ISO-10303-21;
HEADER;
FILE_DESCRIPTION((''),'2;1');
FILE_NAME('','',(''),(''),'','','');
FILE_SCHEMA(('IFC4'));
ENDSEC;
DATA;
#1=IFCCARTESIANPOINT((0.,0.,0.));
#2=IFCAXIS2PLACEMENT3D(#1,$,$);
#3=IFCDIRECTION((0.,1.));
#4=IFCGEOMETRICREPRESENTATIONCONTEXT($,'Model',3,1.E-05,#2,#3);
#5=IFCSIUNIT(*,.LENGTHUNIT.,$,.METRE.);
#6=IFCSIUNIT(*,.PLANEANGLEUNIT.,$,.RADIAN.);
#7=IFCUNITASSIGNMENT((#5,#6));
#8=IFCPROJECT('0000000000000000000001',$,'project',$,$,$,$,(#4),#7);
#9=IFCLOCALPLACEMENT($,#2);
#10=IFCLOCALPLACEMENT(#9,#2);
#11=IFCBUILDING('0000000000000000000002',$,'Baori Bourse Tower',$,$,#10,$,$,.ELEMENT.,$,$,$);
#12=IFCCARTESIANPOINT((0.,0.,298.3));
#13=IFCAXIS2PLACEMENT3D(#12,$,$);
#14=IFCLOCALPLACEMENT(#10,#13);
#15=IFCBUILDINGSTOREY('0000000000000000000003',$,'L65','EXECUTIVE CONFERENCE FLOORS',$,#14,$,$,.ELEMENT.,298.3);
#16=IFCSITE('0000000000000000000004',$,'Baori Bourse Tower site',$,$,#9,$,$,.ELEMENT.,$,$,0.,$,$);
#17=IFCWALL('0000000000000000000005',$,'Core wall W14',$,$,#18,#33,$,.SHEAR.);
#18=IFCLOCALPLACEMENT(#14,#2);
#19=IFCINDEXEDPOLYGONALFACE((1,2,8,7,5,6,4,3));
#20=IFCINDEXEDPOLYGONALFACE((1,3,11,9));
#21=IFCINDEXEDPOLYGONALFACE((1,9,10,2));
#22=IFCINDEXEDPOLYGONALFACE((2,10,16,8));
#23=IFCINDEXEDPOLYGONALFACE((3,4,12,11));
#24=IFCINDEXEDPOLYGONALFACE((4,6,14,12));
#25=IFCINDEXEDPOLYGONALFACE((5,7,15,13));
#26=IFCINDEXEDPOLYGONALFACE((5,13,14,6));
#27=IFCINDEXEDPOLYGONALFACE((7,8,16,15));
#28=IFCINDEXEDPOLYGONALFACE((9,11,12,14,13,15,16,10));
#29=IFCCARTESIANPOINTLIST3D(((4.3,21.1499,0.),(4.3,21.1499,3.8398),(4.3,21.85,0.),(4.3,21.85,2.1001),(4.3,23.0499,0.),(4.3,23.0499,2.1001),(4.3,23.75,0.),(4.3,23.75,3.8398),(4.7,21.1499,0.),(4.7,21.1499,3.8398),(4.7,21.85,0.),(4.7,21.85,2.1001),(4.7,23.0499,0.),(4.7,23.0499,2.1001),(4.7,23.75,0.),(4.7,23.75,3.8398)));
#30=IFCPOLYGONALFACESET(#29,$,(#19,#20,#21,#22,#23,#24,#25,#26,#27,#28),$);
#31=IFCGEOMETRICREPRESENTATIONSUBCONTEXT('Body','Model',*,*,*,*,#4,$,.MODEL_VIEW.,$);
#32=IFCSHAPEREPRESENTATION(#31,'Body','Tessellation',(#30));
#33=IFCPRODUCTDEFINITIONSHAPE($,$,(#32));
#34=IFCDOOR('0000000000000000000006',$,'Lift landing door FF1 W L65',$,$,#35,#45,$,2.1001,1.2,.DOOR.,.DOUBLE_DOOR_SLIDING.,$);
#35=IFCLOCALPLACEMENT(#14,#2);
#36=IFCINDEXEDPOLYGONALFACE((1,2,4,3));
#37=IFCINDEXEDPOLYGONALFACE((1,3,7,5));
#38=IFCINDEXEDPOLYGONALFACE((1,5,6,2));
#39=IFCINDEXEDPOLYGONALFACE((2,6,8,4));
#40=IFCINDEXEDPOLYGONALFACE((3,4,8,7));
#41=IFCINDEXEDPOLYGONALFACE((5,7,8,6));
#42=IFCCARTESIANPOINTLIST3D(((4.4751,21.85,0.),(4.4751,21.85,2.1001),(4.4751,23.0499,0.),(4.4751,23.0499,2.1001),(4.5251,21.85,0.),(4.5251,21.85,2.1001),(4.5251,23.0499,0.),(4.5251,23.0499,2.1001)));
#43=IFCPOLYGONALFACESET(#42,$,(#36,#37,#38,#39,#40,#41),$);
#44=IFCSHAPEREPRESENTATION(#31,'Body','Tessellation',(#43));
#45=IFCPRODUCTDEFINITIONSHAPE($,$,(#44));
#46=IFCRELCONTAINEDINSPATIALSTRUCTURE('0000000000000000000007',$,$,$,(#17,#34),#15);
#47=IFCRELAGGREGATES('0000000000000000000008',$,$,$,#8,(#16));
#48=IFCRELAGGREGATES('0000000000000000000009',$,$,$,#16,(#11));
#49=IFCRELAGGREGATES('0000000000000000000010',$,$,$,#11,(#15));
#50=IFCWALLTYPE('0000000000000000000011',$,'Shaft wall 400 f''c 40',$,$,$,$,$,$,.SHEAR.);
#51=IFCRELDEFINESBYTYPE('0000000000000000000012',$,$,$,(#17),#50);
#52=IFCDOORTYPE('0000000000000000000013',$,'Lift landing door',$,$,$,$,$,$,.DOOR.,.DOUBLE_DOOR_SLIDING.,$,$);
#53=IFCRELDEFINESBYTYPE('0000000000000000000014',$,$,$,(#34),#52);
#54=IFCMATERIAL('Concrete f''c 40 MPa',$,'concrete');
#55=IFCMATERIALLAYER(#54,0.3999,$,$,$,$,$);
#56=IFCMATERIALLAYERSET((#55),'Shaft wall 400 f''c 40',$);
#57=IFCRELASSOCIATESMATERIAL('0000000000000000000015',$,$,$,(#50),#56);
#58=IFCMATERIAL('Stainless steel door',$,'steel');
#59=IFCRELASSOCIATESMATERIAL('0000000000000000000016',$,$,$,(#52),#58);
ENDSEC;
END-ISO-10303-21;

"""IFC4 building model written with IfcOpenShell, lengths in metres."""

from ifc_helpers import new_model, si_unit, direction, frame, frame_2d, origin, place, context, subcontext, project, spatial, rectangle, extrude, material, layer, layer_set, type_object, element, fill, save


model = new_model("IFC4")

# Units and contexts
model_context = context("Model", 3, precision=1e-05, world=origin(), true_north=direction((0.0, 1.0)))
body_context = subcontext(model_context, "Body", "Model", "MODEL_VIEW")
ifc_project = project(units=[si_unit("LENGTHUNIT", "METRE"), si_unit("PLANEANGLEUNIT", "RADIAN")], contexts=[model_context])

# Site, building, storey
site_placement = place(None, origin())
site = spatial("IfcSite", under=ifc_project, at=site_placement, Name="Baori Bourse Tower site", CompositionType="ELEMENT", RefElevation=0.0)
building_placement = place(site_placement, origin())
building = spatial("IfcBuilding", under=site, at=building_placement, Name="Baori Bourse Tower", CompositionType="ELEMENT")
storey_placement = place(building_placement, frame((0.0, 0.0, 298.3)))
storey = spatial("IfcBuildingStorey", under=building, at=storey_placement, Name="L65", Description="EXECUTIVE CONFERENCE FLOORS", CompositionType="ELEMENT", Elevation=298.3)

# Shared definitions
ifc_material_1 = material(Name="Concrete f'c 40 MPa", Category="concrete")
ifc_layer_1 = layer(ifc_material_1, 0.3999)
ifc_layer_set_1 = layer_set([ifc_layer_1], Name="Shaft wall 400 f'c 40")
wall_type_1 = type_object("IfcWallType", Name="Shaft wall 400 f'c 40", PredefinedType="SHEAR", material=ifc_layer_set_1)

# Wall, opening, door
wall_1_placement = place(storey_placement, frame((4.5, 21.1499, 0.0), z_axis=(0.0, 0.0, 1.0), x_axis=(0.0, 1.0, 0.0)))
wall_1 = element("IfcWall", 1, at=wall_1_placement, inside=storey, type_object=wall_type_1, Name="Core wall W14", PredefinedType="SHEAR", context=body_context, shape_type="SweptSolid", body=[
    extrude(rectangle(XDim=2.6001, YDim=0.3999, at=frame_2d((1.3, 0.0))), origin(), (0.0, 0.0, 1.0), 3.8398),
])
opening_1_placement = place(wall_1_placement, frame((0.7, 0.0, 0.0)))
opening_1 = element("IfcOpeningElement", 2, at=opening_1_placement, cuts=wall_1, PredefinedType="OPENING", context=body_context, shape_type="SweptSolid", body=[
    extrude(rectangle(XDim=1.2, YDim=2.1001, at=frame_2d((0.6001, 1.05))), frame((0.0, 0.21, 0.0), z_axis=(0.0, -1.0, 0.0), x_axis=(1.0, 0.0, 0.0)), (0.0, 0.0, 1.0), 0.4199),
])
ifc_material_2 = material(Name="Stainless steel door", Category="steel")
door_type_1 = type_object("IfcDoorType", Name="Lift landing door", OperationType="DOUBLE_DOOR_SLIDING", PredefinedType="DOOR", material=ifc_material_2)
door_1_placement = place(opening_1_placement, origin())
door_1 = element("IfcDoor", 3, at=door_1_placement, inside=storey, type_object=door_type_1, Name="Lift landing door FF1 W L65", OperationType="DOUBLE_DOOR_SLIDING", OverallHeight=2.1001, OverallWidth=1.2, PredefinedType="DOOR", context=body_context, shape_type="SweptSolid", body=[
    extrude(rectangle(XDim=1.2, YDim=2.1001, at=frame_2d((0.6001, 1.05))), frame((0.0, 0.0249, 0.0), z_axis=(0.0, -1.0, 0.0), x_axis=(1.0, 0.0, 0.0)), (0.0, 0.0, 1.0), 0.05),
])
fill(opening_1, door_1)

save(model, "model.ifc")
